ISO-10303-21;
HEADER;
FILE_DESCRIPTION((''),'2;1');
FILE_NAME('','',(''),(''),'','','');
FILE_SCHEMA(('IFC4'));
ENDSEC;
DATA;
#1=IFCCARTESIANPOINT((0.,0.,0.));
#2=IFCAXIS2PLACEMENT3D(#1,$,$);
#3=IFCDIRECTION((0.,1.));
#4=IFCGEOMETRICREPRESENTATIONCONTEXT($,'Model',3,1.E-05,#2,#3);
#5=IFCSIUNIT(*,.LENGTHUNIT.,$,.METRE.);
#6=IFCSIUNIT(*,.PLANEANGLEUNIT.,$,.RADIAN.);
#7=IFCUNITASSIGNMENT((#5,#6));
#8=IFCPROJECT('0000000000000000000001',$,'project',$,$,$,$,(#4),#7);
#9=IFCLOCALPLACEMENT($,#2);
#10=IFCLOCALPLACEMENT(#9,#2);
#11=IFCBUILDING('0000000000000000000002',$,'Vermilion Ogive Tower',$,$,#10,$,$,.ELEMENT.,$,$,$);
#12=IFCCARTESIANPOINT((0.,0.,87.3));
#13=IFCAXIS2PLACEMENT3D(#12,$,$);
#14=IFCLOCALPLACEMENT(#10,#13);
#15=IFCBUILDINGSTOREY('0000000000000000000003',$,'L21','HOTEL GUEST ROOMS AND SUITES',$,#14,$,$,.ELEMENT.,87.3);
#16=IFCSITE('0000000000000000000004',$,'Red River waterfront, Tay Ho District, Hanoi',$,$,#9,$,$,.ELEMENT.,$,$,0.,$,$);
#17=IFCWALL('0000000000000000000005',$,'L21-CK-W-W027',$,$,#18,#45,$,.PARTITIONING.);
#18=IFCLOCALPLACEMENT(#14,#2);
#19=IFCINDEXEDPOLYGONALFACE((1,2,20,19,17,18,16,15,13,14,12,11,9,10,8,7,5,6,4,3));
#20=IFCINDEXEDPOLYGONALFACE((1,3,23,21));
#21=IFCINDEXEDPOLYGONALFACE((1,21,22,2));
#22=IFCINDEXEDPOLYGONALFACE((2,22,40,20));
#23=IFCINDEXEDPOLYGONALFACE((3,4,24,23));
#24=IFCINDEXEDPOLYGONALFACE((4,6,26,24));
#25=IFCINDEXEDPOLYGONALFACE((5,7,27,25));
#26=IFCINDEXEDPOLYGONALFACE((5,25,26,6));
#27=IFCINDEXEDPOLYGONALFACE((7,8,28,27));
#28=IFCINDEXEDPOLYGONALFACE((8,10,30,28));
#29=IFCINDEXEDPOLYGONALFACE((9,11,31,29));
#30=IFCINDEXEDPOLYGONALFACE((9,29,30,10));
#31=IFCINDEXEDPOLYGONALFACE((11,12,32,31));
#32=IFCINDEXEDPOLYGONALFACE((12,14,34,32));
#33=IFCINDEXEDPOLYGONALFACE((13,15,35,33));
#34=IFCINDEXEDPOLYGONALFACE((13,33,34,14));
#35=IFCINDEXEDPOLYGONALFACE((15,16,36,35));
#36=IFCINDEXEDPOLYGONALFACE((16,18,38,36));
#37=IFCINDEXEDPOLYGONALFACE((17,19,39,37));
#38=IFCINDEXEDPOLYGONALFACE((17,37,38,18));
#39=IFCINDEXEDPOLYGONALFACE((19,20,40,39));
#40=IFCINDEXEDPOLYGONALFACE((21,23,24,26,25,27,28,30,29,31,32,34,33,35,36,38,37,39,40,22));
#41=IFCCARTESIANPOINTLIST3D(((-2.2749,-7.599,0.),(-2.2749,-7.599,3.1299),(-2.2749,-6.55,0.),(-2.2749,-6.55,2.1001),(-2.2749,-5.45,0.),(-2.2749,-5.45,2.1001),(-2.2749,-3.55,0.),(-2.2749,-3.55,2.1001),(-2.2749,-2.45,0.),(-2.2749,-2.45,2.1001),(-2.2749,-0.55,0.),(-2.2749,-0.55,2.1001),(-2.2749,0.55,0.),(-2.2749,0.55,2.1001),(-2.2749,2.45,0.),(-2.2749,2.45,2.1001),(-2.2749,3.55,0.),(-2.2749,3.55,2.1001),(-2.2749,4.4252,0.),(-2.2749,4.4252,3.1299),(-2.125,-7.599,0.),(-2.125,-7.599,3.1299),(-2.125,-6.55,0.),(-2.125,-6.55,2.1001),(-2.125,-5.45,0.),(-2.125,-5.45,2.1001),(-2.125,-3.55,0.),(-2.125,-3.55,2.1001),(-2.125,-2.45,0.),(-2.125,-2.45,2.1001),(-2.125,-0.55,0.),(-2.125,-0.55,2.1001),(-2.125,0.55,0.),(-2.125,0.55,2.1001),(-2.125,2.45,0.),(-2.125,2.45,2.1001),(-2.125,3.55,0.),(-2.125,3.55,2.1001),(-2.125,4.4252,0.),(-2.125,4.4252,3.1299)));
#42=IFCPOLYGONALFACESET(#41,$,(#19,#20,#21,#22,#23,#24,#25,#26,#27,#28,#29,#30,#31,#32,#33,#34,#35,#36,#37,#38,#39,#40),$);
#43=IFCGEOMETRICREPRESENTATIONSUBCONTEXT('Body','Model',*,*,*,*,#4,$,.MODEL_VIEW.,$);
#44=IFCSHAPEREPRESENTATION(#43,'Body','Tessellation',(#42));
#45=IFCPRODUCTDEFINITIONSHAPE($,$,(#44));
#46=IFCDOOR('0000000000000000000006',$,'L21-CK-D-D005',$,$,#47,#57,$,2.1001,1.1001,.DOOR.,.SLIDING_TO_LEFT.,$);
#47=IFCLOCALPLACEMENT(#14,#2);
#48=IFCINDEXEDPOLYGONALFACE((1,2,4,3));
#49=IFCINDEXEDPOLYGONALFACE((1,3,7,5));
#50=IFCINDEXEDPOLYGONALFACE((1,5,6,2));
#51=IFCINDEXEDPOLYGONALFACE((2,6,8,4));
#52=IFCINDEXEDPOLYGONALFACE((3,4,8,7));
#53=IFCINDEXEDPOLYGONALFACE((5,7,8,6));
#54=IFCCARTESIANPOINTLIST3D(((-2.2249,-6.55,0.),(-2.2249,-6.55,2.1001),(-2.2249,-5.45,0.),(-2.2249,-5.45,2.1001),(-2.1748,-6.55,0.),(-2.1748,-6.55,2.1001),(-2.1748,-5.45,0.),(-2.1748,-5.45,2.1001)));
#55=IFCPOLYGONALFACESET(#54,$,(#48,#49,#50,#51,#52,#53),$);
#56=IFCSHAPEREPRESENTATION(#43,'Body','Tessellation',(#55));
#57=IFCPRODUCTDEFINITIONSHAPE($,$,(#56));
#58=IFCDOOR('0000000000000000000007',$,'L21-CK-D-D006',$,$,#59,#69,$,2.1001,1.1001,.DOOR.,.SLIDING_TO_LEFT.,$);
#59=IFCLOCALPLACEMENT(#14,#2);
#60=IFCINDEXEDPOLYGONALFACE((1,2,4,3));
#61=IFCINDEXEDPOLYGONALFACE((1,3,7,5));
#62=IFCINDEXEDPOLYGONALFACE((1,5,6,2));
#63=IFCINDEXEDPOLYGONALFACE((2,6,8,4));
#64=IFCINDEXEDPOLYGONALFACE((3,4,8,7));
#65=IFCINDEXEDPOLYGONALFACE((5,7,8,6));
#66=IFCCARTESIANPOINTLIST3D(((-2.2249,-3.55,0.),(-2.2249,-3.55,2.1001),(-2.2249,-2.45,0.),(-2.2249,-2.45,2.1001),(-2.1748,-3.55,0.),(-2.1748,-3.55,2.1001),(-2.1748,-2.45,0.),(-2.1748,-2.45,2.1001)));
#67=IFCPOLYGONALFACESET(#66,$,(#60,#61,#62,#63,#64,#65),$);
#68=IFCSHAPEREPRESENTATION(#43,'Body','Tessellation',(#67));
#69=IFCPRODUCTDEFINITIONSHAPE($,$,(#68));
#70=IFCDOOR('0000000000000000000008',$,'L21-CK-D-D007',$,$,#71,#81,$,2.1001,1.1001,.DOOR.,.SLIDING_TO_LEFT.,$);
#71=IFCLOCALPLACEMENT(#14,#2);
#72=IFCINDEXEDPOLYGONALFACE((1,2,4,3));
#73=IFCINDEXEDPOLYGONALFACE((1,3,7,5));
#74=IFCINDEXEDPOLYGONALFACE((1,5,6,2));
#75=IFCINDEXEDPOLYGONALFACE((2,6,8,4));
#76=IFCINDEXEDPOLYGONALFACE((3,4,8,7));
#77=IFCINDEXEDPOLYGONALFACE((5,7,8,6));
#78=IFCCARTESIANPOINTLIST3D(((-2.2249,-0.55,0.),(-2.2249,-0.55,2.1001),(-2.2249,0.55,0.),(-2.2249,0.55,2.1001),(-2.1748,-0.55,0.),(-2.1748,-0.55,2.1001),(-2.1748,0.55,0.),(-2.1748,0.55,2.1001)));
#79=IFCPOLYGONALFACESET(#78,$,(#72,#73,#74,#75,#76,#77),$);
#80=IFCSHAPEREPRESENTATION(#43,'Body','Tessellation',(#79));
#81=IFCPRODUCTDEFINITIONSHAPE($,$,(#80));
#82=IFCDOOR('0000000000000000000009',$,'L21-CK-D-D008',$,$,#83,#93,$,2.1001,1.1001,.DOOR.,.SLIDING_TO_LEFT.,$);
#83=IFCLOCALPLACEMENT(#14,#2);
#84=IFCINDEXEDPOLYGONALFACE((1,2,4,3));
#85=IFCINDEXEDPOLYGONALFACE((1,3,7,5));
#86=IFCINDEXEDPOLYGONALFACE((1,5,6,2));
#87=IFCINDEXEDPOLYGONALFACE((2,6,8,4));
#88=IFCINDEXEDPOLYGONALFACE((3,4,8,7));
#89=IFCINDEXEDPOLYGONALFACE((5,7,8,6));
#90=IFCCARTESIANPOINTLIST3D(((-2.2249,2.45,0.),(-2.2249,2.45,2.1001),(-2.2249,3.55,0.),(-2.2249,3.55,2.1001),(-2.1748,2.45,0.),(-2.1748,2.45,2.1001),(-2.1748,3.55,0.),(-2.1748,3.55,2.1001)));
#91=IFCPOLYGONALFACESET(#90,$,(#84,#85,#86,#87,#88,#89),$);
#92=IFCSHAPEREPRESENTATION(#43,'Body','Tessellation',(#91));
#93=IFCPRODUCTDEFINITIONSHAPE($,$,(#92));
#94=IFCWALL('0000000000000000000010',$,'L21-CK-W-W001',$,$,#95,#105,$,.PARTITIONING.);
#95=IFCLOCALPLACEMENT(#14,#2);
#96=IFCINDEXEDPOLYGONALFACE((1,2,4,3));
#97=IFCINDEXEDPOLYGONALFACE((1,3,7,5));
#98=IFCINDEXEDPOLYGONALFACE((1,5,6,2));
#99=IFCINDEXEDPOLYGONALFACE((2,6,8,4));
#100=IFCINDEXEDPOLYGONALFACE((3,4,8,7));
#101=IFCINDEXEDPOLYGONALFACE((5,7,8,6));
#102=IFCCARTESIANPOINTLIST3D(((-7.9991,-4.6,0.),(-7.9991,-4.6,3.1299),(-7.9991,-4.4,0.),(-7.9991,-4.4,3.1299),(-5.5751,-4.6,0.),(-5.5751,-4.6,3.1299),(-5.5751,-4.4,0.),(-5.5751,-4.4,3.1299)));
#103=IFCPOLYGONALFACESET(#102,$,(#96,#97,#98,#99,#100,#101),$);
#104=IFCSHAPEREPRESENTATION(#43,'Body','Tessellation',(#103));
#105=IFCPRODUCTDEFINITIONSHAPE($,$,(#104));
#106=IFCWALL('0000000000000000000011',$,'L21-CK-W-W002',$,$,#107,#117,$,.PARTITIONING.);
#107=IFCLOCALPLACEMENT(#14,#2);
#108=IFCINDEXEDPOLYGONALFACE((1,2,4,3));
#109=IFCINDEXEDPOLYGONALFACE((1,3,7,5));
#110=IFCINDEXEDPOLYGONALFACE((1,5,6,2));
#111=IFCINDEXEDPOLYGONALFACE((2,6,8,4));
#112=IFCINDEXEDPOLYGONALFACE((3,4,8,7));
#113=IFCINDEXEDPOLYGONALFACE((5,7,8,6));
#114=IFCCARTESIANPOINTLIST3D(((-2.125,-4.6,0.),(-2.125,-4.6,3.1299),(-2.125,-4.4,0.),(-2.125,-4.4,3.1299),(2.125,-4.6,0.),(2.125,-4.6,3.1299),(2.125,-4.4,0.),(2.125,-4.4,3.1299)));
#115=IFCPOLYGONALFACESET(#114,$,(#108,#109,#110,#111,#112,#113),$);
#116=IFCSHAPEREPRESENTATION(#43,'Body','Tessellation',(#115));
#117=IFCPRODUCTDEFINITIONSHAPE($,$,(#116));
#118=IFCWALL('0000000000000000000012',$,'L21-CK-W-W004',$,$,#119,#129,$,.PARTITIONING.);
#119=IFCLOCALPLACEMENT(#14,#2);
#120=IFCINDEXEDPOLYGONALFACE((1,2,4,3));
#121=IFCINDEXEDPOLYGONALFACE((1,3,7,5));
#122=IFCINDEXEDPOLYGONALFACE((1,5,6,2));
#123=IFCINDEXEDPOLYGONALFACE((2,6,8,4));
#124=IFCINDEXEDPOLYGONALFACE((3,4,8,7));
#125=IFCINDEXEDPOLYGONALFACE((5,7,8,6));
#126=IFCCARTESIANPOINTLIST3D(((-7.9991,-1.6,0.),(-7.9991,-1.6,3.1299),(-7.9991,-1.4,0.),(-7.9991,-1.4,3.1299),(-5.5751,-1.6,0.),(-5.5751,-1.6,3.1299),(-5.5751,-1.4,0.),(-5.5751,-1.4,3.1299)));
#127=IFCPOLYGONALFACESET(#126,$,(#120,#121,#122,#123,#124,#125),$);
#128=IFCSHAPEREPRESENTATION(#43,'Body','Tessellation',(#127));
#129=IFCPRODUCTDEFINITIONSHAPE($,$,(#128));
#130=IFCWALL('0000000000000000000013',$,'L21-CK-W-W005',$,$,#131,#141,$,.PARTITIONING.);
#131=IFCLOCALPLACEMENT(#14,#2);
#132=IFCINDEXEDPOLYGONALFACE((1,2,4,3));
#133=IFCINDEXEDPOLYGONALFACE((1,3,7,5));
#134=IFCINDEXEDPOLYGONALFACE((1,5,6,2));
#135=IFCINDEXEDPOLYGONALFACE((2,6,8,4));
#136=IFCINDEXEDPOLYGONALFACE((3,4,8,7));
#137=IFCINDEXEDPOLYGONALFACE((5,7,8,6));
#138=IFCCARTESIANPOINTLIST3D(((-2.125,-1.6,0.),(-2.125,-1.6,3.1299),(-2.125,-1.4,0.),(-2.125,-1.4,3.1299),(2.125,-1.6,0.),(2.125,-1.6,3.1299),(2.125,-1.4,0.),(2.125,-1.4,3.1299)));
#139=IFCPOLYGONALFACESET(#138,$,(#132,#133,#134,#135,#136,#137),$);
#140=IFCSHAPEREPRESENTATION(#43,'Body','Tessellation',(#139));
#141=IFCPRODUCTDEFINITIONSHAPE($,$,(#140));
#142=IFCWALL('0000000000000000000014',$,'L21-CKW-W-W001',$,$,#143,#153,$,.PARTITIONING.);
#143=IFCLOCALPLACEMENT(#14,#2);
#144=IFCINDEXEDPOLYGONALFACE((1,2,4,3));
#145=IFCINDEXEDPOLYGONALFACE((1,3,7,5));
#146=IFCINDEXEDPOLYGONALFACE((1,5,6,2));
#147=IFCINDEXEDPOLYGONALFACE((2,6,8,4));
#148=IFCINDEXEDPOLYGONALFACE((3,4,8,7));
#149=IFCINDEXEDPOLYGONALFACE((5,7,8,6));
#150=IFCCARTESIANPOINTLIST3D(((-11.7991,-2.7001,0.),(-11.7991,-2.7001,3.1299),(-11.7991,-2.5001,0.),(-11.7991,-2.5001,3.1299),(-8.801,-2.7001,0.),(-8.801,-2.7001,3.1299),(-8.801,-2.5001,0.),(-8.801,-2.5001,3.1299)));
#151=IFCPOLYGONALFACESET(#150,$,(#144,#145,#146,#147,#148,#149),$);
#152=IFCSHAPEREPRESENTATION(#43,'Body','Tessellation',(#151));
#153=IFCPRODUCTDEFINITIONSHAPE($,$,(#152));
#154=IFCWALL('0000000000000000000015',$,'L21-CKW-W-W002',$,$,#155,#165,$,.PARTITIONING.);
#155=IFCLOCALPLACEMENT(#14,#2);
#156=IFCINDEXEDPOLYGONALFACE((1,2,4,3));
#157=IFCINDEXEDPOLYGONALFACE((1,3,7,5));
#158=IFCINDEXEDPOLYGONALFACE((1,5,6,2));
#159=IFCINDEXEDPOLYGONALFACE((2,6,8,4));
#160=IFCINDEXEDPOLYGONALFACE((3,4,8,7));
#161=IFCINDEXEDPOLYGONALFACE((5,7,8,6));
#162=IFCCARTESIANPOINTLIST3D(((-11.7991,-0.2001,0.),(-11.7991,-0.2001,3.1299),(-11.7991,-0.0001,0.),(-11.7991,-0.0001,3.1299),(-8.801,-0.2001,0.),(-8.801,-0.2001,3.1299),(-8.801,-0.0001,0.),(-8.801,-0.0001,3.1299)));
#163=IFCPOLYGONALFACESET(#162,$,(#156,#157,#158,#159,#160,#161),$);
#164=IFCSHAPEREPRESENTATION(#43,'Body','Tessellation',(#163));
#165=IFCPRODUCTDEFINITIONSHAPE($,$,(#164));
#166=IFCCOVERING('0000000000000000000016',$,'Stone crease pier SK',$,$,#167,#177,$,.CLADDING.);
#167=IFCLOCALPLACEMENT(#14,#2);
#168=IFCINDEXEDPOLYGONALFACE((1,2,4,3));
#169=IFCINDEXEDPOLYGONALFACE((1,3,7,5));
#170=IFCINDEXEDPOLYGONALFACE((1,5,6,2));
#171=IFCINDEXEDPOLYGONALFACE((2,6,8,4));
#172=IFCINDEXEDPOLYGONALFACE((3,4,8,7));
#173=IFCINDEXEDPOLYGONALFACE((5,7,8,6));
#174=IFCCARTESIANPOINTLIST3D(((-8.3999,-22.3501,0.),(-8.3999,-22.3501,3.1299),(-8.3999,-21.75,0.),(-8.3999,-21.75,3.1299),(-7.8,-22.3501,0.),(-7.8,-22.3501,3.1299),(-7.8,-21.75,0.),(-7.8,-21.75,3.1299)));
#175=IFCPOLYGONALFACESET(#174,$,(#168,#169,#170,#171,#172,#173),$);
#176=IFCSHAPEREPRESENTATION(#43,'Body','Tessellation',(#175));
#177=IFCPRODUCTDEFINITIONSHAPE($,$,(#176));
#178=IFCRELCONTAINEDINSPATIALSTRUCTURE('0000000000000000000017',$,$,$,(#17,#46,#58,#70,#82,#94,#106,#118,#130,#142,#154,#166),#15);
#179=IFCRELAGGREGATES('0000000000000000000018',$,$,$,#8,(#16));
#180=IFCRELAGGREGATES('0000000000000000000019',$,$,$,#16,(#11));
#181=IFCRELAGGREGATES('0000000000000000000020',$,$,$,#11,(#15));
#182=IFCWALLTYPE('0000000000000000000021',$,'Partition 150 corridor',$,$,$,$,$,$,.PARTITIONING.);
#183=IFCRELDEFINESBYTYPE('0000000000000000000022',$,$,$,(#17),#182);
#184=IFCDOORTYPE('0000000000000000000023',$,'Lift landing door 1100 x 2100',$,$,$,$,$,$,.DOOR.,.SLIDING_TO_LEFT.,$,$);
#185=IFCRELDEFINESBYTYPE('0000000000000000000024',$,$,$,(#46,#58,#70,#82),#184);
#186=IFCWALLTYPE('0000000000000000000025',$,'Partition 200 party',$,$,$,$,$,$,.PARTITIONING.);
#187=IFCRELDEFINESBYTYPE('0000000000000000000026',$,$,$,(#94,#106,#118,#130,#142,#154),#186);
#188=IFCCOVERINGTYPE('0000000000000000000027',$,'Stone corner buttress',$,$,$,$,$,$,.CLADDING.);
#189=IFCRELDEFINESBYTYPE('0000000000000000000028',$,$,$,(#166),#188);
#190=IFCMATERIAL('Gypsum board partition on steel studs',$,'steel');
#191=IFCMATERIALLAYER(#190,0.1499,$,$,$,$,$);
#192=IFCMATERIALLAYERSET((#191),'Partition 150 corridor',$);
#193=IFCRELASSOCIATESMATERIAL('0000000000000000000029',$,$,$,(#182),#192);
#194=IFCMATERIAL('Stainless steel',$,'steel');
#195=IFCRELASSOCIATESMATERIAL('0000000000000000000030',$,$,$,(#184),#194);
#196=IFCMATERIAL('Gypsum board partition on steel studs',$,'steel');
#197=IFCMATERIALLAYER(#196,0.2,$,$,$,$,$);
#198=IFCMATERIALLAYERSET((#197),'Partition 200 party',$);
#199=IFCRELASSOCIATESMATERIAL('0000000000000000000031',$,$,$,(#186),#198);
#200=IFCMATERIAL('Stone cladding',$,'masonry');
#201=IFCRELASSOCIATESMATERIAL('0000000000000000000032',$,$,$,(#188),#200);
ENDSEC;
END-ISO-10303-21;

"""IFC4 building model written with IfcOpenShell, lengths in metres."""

from ifc_helpers import new_model, si_unit, direction, frame, frame_2d, origin, place, context, subcontext, project, spatial, polyline, rectangle, outline, extrude, material, layer, layer_set, type_object, element, fill, save


model = new_model("IFC4")

# Units and contexts
model_context = context("Model", 3, precision=1e-05, world=origin(), true_north=direction((0.0, 1.0)))
body_context = subcontext(model_context, "Body", "Model", "MODEL_VIEW")
ifc_project = project(units=[si_unit("LENGTHUNIT", "METRE"), si_unit("PLANEANGLEUNIT", "RADIAN")], contexts=[model_context])

# Site, building, storey
site_placement = place(None, origin())
site = spatial("IfcSite", under=ifc_project, at=site_placement, Name="Red River waterfront, Tay Ho District, Hanoi", CompositionType="ELEMENT", RefElevation=0.0)
building_placement = place(site_placement, origin())
building = spatial("IfcBuilding", under=site, at=building_placement, Name="Vermilion Ogive Tower", CompositionType="ELEMENT")
storey_placement = place(building_placement, frame((0.0, 0.0, 87.3)))
storey = spatial("IfcBuildingStorey", under=building, at=storey_placement, Name="L21", Description="HOTEL GUEST ROOMS AND SUITES", CompositionType="ELEMENT", Elevation=87.3)

# Wall, openings, doors
ifc_material_1 = material(Name="Gypsum board partition on steel studs", Category="steel")
ifc_layer_1 = layer(ifc_material_1, 0.1499)
ifc_layer_set_1 = layer_set([ifc_layer_1], Name="Partition 150 corridor")
wall_type_1 = type_object("IfcWallType", Name="Partition 150 corridor", PredefinedType="PARTITIONING", material=ifc_layer_set_1)
wall_1_placement = place(storey_placement, frame((-2.2, -7.5991, 0.0), z_axis=(0.0, 0.0, 1.0), x_axis=(0.0, 1.0, 0.0)))
wall_1 = element("IfcWall", 1, at=wall_1_placement, inside=storey, type_object=wall_type_1, Name="L21-CK-W-W027", PredefinedType="PARTITIONING", context=body_context, shape_type="SweptSolid", body=[
    extrude(rectangle(XDim=12.0242, YDim=0.1499, at=frame_2d((6.0122, 0.0))), origin(), (0.0, 0.0, 1.0), 3.1299),
])
opening_1_placement = place(wall_1_placement, frame((1.0491, 0.0, 0.0)))
opening_1 = element("IfcOpeningElement", 2, at=opening_1_placement, cuts=wall_1, PredefinedType="OPENING", context=body_context, shape_type="SweptSolid", body=[
    extrude(rectangle(XDim=1.1001, YDim=2.1001, at=frame_2d((0.55, 1.05))), frame((0.0, 0.085, 0.0), z_axis=(0.0, -1.0, 0.0), x_axis=(1.0, 0.0, 0.0)), (0.0, 0.0, 1.0), 0.1699),
])
opening_2_placement = place(wall_1_placement, frame((4.0491, 0.0, 0.0)))
opening_2 = element("IfcOpeningElement", 3, at=opening_2_placement, cuts=wall_1, PredefinedType="OPENING", context=body_context, shape_type="SweptSolid", body=[
    extrude(rectangle(XDim=1.1001, YDim=2.1001, at=frame_2d((0.55, 1.05))), frame((0.0, 0.085, 0.0), z_axis=(0.0, -1.0, 0.0), x_axis=(1.0, 0.0, 0.0)), (0.0, 0.0, 1.0), 0.1699),
])
opening_3_placement = place(wall_1_placement, frame((7.0491, 0.0, 0.0)))
opening_3 = element("IfcOpeningElement", 4, at=opening_3_placement, cuts=wall_1, PredefinedType="OPENING", context=body_context, shape_type="SweptSolid", body=[
    extrude(rectangle(XDim=1.1001, YDim=2.1001, at=frame_2d((0.55, 1.05))), frame((0.0, 0.085, 0.0), z_axis=(0.0, -1.0, 0.0), x_axis=(1.0, 0.0, 0.0)), (0.0, 0.0, 1.0), 0.1699),
])
opening_4_placement = place(wall_1_placement, frame((10.0491, 0.0, 0.0)))
opening_4 = element("IfcOpeningElement", 5, at=opening_4_placement, cuts=wall_1, PredefinedType="OPENING", context=body_context, shape_type="SweptSolid", body=[
    extrude(rectangle(XDim=1.1001, YDim=2.1001, at=frame_2d((0.55, 1.05))), frame((0.0, 0.085, 0.0), z_axis=(0.0, -1.0, 0.0), x_axis=(1.0, 0.0, 0.0)), (0.0, 0.0, 1.0), 0.1699),
])
ifc_material_2 = material(Name="Stainless steel", Category="steel")
door_type = type_object("IfcDoorType", Name="Lift landing door 1100 x 2100", OperationType="SLIDING_TO_LEFT", PredefinedType="DOOR", material=ifc_material_2)
door_1_placement = place(opening_1_placement, origin())
door_1 = element("IfcDoor", 6, at=door_1_placement, inside=storey, type_object=door_type, Name="L21-CK-D-D005", OperationType="SLIDING_TO_LEFT", OverallHeight=2.1001, OverallWidth=1.1001, PredefinedType="DOOR", context=body_context, shape_type="SweptSolid", body=[
    extrude(rectangle(XDim=1.1001, YDim=2.1001, at=frame_2d((0.55, 1.05))), frame((0.0, 0.0249, 0.0), z_axis=(0.0, -1.0, 0.0), x_axis=(1.0, 0.0, 0.0)), (0.0, 0.0, 1.0), 0.05),
])
fill(opening_1, door_1)
door_2_placement = place(opening_2_placement, origin())
door_2 = element("IfcDoor", 7, at=door_2_placement, inside=storey, type_object=door_type, Name="L21-CK-D-D006", OperationType="SLIDING_TO_LEFT", OverallHeight=2.1001, OverallWidth=1.1001, PredefinedType="DOOR", context=body_context, shape_type="SweptSolid", body=[
    extrude(rectangle(XDim=1.1001, YDim=2.1001, at=frame_2d((0.55, 1.05))), frame((0.0, 0.0249, 0.0), z_axis=(0.0, -1.0, 0.0), x_axis=(1.0, 0.0, 0.0)), (0.0, 0.0, 1.0), 0.05),
])
fill(opening_2, door_2)
door_3_placement = place(opening_3_placement, origin())
door_3 = element("IfcDoor", 8, at=door_3_placement, inside=storey, type_object=door_type, Name="L21-CK-D-D007", OperationType="SLIDING_TO_LEFT", OverallHeight=2.1001, OverallWidth=1.1001, PredefinedType="DOOR", context=body_context, shape_type="SweptSolid", body=[
    extrude(rectangle(XDim=1.1001, YDim=2.1001, at=frame_2d((0.55, 1.05))), frame((0.0, 0.0249, 0.0), z_axis=(0.0, -1.0, 0.0), x_axis=(1.0, 0.0, 0.0)), (0.0, 0.0, 1.0), 0.05),
])
fill(opening_3, door_3)
door_4_placement = place(opening_4_placement, origin())
door_4 = element("IfcDoor", 9, at=door_4_placement, inside=storey, type_object=door_type, Name="L21-CK-D-D008", OperationType="SLIDING_TO_LEFT", OverallHeight=2.1001, OverallWidth=1.1001, PredefinedType="DOOR", context=body_context, shape_type="SweptSolid", body=[
    extrude(rectangle(XDim=1.1001, YDim=2.1001, at=frame_2d((0.55, 1.05))), frame((0.0, 0.0249, 0.0), z_axis=(0.0, -1.0, 0.0), x_axis=(1.0, 0.0, 0.0)), (0.0, 0.0, 1.0), 0.05),
])
fill(opening_4, door_4)

# Walls
ifc_material_3 = material(Name="Gypsum board partition on steel studs", Category="steel")
ifc_layer_2 = layer(ifc_material_3, 0.2)
ifc_layer_set_2 = layer_set([ifc_layer_2], Name="Partition 200 party")
wall_type_2 = type_object("IfcWallType", Name="Partition 200 party", PredefinedType="PARTITIONING", material=ifc_layer_set_2)
wall_2_placement = place(storey_placement, frame((-7.999, -4.5, 0.0), z_axis=(0.0, 0.0, 1.0), x_axis=(1.0, 0.0, 0.0)))
element("IfcWall", 10, at=wall_2_placement, inside=storey, type_object=wall_type_2, Name="L21-CK-W-W001", PredefinedType="PARTITIONING", context=body_context, shape_type="SweptSolid", body=[
    extrude(rectangle(XDim=2.4241, YDim=0.2, at=frame_2d((1.2119, 0.0))), origin(), (0.0, 0.0, 1.0), 3.1299),
])
wall_3_placement = place(storey_placement, frame((-2.125, -4.5, 0.0), z_axis=(0.0, 0.0, 1.0), x_axis=(1.0, 0.0, 0.0)))
element("IfcWall", 11, at=wall_3_placement, inside=storey, type_object=wall_type_2, Name="L21-CK-W-W002", PredefinedType="PARTITIONING", context=body_context, shape_type="SweptSolid", body=[
    extrude(rectangle(XDim=4.25, YDim=0.2, at=frame_2d((2.125, 0.0))), origin(), (0.0, 0.0, 1.0), 3.1299),
])
wall_4_placement = place(storey_placement, frame((-7.999, -1.5, 0.0), z_axis=(0.0, 0.0, 1.0), x_axis=(1.0, 0.0, 0.0)))
element("IfcWall", 12, at=wall_4_placement, inside=storey, type_object=wall_type_2, Name="L21-CK-W-W004", PredefinedType="PARTITIONING", context=body_context, shape_type="SweptSolid", body=[
    extrude(rectangle(XDim=2.4241, YDim=0.2, at=frame_2d((1.2119, 0.0))), origin(), (0.0, 0.0, 1.0), 3.1299),
])
wall_5_placement = place(storey_placement, frame((-2.125, -1.5, 0.0), z_axis=(0.0, 0.0, 1.0), x_axis=(1.0, 0.0, 0.0)))
element("IfcWall", 13, at=wall_5_placement, inside=storey, type_object=wall_type_2, Name="L21-CK-W-W005", PredefinedType="PARTITIONING", context=body_context, shape_type="SweptSolid", body=[
    extrude(rectangle(XDim=4.25, YDim=0.2, at=frame_2d((2.125, 0.0))), origin(), (0.0, 0.0, 1.0), 3.1299),
])
for number, where, z_axis, x_axis, name in (
    (14, (-11.7991, -2.6001, 0.0), (0.0, 0.0, 1.0), (1.0, 0.0, 0.0), "L21-CKW-W-W001"),
    (15, (-11.7991, -0.1001, 0.0), (0.0, 0.0, 1.0), (1.0, 0.0, 0.0), "L21-CKW-W-W002"),
):
    element("IfcWall", number, at=place(storey_placement, frame(where, z_axis=z_axis, x_axis=x_axis)), inside=storey, type_object=wall_type_2, Name=name, PredefinedType="PARTITIONING", context=body_context, shape_type="SweptSolid", body=[
        extrude(rectangle(XDim=2.998, YDim=0.2, at=frame_2d((1.499, 0.0))), origin(), (0.0, 0.0, 1.0), 3.1299),
    ])

# Covering
ifc_material_4 = material(Name="Stone cladding", Category="masonry")
covering_type = type_object("IfcCoveringType", Name="Stone corner buttress", PredefinedType="CLADDING", material=ifc_material_4)
covering_1_placement = place(storey_placement, origin())
element("IfcCovering", 16, at=covering_1_placement, inside=storey, type_object=covering_type, Name="Stone crease pier SK", PredefinedType="CLADDING", context=body_context, shape_type="SweptSolid", body=[
    extrude(outline(polyline([(-8.3999, -22.3501), (-7.8, -22.3501), (-7.8, -21.75), (-8.3999, -21.75), (-8.3999, -22.3501)])), origin(), (0.0, 0.0, 1.0), 3.1299),
])

save(model, "model.ifc")
